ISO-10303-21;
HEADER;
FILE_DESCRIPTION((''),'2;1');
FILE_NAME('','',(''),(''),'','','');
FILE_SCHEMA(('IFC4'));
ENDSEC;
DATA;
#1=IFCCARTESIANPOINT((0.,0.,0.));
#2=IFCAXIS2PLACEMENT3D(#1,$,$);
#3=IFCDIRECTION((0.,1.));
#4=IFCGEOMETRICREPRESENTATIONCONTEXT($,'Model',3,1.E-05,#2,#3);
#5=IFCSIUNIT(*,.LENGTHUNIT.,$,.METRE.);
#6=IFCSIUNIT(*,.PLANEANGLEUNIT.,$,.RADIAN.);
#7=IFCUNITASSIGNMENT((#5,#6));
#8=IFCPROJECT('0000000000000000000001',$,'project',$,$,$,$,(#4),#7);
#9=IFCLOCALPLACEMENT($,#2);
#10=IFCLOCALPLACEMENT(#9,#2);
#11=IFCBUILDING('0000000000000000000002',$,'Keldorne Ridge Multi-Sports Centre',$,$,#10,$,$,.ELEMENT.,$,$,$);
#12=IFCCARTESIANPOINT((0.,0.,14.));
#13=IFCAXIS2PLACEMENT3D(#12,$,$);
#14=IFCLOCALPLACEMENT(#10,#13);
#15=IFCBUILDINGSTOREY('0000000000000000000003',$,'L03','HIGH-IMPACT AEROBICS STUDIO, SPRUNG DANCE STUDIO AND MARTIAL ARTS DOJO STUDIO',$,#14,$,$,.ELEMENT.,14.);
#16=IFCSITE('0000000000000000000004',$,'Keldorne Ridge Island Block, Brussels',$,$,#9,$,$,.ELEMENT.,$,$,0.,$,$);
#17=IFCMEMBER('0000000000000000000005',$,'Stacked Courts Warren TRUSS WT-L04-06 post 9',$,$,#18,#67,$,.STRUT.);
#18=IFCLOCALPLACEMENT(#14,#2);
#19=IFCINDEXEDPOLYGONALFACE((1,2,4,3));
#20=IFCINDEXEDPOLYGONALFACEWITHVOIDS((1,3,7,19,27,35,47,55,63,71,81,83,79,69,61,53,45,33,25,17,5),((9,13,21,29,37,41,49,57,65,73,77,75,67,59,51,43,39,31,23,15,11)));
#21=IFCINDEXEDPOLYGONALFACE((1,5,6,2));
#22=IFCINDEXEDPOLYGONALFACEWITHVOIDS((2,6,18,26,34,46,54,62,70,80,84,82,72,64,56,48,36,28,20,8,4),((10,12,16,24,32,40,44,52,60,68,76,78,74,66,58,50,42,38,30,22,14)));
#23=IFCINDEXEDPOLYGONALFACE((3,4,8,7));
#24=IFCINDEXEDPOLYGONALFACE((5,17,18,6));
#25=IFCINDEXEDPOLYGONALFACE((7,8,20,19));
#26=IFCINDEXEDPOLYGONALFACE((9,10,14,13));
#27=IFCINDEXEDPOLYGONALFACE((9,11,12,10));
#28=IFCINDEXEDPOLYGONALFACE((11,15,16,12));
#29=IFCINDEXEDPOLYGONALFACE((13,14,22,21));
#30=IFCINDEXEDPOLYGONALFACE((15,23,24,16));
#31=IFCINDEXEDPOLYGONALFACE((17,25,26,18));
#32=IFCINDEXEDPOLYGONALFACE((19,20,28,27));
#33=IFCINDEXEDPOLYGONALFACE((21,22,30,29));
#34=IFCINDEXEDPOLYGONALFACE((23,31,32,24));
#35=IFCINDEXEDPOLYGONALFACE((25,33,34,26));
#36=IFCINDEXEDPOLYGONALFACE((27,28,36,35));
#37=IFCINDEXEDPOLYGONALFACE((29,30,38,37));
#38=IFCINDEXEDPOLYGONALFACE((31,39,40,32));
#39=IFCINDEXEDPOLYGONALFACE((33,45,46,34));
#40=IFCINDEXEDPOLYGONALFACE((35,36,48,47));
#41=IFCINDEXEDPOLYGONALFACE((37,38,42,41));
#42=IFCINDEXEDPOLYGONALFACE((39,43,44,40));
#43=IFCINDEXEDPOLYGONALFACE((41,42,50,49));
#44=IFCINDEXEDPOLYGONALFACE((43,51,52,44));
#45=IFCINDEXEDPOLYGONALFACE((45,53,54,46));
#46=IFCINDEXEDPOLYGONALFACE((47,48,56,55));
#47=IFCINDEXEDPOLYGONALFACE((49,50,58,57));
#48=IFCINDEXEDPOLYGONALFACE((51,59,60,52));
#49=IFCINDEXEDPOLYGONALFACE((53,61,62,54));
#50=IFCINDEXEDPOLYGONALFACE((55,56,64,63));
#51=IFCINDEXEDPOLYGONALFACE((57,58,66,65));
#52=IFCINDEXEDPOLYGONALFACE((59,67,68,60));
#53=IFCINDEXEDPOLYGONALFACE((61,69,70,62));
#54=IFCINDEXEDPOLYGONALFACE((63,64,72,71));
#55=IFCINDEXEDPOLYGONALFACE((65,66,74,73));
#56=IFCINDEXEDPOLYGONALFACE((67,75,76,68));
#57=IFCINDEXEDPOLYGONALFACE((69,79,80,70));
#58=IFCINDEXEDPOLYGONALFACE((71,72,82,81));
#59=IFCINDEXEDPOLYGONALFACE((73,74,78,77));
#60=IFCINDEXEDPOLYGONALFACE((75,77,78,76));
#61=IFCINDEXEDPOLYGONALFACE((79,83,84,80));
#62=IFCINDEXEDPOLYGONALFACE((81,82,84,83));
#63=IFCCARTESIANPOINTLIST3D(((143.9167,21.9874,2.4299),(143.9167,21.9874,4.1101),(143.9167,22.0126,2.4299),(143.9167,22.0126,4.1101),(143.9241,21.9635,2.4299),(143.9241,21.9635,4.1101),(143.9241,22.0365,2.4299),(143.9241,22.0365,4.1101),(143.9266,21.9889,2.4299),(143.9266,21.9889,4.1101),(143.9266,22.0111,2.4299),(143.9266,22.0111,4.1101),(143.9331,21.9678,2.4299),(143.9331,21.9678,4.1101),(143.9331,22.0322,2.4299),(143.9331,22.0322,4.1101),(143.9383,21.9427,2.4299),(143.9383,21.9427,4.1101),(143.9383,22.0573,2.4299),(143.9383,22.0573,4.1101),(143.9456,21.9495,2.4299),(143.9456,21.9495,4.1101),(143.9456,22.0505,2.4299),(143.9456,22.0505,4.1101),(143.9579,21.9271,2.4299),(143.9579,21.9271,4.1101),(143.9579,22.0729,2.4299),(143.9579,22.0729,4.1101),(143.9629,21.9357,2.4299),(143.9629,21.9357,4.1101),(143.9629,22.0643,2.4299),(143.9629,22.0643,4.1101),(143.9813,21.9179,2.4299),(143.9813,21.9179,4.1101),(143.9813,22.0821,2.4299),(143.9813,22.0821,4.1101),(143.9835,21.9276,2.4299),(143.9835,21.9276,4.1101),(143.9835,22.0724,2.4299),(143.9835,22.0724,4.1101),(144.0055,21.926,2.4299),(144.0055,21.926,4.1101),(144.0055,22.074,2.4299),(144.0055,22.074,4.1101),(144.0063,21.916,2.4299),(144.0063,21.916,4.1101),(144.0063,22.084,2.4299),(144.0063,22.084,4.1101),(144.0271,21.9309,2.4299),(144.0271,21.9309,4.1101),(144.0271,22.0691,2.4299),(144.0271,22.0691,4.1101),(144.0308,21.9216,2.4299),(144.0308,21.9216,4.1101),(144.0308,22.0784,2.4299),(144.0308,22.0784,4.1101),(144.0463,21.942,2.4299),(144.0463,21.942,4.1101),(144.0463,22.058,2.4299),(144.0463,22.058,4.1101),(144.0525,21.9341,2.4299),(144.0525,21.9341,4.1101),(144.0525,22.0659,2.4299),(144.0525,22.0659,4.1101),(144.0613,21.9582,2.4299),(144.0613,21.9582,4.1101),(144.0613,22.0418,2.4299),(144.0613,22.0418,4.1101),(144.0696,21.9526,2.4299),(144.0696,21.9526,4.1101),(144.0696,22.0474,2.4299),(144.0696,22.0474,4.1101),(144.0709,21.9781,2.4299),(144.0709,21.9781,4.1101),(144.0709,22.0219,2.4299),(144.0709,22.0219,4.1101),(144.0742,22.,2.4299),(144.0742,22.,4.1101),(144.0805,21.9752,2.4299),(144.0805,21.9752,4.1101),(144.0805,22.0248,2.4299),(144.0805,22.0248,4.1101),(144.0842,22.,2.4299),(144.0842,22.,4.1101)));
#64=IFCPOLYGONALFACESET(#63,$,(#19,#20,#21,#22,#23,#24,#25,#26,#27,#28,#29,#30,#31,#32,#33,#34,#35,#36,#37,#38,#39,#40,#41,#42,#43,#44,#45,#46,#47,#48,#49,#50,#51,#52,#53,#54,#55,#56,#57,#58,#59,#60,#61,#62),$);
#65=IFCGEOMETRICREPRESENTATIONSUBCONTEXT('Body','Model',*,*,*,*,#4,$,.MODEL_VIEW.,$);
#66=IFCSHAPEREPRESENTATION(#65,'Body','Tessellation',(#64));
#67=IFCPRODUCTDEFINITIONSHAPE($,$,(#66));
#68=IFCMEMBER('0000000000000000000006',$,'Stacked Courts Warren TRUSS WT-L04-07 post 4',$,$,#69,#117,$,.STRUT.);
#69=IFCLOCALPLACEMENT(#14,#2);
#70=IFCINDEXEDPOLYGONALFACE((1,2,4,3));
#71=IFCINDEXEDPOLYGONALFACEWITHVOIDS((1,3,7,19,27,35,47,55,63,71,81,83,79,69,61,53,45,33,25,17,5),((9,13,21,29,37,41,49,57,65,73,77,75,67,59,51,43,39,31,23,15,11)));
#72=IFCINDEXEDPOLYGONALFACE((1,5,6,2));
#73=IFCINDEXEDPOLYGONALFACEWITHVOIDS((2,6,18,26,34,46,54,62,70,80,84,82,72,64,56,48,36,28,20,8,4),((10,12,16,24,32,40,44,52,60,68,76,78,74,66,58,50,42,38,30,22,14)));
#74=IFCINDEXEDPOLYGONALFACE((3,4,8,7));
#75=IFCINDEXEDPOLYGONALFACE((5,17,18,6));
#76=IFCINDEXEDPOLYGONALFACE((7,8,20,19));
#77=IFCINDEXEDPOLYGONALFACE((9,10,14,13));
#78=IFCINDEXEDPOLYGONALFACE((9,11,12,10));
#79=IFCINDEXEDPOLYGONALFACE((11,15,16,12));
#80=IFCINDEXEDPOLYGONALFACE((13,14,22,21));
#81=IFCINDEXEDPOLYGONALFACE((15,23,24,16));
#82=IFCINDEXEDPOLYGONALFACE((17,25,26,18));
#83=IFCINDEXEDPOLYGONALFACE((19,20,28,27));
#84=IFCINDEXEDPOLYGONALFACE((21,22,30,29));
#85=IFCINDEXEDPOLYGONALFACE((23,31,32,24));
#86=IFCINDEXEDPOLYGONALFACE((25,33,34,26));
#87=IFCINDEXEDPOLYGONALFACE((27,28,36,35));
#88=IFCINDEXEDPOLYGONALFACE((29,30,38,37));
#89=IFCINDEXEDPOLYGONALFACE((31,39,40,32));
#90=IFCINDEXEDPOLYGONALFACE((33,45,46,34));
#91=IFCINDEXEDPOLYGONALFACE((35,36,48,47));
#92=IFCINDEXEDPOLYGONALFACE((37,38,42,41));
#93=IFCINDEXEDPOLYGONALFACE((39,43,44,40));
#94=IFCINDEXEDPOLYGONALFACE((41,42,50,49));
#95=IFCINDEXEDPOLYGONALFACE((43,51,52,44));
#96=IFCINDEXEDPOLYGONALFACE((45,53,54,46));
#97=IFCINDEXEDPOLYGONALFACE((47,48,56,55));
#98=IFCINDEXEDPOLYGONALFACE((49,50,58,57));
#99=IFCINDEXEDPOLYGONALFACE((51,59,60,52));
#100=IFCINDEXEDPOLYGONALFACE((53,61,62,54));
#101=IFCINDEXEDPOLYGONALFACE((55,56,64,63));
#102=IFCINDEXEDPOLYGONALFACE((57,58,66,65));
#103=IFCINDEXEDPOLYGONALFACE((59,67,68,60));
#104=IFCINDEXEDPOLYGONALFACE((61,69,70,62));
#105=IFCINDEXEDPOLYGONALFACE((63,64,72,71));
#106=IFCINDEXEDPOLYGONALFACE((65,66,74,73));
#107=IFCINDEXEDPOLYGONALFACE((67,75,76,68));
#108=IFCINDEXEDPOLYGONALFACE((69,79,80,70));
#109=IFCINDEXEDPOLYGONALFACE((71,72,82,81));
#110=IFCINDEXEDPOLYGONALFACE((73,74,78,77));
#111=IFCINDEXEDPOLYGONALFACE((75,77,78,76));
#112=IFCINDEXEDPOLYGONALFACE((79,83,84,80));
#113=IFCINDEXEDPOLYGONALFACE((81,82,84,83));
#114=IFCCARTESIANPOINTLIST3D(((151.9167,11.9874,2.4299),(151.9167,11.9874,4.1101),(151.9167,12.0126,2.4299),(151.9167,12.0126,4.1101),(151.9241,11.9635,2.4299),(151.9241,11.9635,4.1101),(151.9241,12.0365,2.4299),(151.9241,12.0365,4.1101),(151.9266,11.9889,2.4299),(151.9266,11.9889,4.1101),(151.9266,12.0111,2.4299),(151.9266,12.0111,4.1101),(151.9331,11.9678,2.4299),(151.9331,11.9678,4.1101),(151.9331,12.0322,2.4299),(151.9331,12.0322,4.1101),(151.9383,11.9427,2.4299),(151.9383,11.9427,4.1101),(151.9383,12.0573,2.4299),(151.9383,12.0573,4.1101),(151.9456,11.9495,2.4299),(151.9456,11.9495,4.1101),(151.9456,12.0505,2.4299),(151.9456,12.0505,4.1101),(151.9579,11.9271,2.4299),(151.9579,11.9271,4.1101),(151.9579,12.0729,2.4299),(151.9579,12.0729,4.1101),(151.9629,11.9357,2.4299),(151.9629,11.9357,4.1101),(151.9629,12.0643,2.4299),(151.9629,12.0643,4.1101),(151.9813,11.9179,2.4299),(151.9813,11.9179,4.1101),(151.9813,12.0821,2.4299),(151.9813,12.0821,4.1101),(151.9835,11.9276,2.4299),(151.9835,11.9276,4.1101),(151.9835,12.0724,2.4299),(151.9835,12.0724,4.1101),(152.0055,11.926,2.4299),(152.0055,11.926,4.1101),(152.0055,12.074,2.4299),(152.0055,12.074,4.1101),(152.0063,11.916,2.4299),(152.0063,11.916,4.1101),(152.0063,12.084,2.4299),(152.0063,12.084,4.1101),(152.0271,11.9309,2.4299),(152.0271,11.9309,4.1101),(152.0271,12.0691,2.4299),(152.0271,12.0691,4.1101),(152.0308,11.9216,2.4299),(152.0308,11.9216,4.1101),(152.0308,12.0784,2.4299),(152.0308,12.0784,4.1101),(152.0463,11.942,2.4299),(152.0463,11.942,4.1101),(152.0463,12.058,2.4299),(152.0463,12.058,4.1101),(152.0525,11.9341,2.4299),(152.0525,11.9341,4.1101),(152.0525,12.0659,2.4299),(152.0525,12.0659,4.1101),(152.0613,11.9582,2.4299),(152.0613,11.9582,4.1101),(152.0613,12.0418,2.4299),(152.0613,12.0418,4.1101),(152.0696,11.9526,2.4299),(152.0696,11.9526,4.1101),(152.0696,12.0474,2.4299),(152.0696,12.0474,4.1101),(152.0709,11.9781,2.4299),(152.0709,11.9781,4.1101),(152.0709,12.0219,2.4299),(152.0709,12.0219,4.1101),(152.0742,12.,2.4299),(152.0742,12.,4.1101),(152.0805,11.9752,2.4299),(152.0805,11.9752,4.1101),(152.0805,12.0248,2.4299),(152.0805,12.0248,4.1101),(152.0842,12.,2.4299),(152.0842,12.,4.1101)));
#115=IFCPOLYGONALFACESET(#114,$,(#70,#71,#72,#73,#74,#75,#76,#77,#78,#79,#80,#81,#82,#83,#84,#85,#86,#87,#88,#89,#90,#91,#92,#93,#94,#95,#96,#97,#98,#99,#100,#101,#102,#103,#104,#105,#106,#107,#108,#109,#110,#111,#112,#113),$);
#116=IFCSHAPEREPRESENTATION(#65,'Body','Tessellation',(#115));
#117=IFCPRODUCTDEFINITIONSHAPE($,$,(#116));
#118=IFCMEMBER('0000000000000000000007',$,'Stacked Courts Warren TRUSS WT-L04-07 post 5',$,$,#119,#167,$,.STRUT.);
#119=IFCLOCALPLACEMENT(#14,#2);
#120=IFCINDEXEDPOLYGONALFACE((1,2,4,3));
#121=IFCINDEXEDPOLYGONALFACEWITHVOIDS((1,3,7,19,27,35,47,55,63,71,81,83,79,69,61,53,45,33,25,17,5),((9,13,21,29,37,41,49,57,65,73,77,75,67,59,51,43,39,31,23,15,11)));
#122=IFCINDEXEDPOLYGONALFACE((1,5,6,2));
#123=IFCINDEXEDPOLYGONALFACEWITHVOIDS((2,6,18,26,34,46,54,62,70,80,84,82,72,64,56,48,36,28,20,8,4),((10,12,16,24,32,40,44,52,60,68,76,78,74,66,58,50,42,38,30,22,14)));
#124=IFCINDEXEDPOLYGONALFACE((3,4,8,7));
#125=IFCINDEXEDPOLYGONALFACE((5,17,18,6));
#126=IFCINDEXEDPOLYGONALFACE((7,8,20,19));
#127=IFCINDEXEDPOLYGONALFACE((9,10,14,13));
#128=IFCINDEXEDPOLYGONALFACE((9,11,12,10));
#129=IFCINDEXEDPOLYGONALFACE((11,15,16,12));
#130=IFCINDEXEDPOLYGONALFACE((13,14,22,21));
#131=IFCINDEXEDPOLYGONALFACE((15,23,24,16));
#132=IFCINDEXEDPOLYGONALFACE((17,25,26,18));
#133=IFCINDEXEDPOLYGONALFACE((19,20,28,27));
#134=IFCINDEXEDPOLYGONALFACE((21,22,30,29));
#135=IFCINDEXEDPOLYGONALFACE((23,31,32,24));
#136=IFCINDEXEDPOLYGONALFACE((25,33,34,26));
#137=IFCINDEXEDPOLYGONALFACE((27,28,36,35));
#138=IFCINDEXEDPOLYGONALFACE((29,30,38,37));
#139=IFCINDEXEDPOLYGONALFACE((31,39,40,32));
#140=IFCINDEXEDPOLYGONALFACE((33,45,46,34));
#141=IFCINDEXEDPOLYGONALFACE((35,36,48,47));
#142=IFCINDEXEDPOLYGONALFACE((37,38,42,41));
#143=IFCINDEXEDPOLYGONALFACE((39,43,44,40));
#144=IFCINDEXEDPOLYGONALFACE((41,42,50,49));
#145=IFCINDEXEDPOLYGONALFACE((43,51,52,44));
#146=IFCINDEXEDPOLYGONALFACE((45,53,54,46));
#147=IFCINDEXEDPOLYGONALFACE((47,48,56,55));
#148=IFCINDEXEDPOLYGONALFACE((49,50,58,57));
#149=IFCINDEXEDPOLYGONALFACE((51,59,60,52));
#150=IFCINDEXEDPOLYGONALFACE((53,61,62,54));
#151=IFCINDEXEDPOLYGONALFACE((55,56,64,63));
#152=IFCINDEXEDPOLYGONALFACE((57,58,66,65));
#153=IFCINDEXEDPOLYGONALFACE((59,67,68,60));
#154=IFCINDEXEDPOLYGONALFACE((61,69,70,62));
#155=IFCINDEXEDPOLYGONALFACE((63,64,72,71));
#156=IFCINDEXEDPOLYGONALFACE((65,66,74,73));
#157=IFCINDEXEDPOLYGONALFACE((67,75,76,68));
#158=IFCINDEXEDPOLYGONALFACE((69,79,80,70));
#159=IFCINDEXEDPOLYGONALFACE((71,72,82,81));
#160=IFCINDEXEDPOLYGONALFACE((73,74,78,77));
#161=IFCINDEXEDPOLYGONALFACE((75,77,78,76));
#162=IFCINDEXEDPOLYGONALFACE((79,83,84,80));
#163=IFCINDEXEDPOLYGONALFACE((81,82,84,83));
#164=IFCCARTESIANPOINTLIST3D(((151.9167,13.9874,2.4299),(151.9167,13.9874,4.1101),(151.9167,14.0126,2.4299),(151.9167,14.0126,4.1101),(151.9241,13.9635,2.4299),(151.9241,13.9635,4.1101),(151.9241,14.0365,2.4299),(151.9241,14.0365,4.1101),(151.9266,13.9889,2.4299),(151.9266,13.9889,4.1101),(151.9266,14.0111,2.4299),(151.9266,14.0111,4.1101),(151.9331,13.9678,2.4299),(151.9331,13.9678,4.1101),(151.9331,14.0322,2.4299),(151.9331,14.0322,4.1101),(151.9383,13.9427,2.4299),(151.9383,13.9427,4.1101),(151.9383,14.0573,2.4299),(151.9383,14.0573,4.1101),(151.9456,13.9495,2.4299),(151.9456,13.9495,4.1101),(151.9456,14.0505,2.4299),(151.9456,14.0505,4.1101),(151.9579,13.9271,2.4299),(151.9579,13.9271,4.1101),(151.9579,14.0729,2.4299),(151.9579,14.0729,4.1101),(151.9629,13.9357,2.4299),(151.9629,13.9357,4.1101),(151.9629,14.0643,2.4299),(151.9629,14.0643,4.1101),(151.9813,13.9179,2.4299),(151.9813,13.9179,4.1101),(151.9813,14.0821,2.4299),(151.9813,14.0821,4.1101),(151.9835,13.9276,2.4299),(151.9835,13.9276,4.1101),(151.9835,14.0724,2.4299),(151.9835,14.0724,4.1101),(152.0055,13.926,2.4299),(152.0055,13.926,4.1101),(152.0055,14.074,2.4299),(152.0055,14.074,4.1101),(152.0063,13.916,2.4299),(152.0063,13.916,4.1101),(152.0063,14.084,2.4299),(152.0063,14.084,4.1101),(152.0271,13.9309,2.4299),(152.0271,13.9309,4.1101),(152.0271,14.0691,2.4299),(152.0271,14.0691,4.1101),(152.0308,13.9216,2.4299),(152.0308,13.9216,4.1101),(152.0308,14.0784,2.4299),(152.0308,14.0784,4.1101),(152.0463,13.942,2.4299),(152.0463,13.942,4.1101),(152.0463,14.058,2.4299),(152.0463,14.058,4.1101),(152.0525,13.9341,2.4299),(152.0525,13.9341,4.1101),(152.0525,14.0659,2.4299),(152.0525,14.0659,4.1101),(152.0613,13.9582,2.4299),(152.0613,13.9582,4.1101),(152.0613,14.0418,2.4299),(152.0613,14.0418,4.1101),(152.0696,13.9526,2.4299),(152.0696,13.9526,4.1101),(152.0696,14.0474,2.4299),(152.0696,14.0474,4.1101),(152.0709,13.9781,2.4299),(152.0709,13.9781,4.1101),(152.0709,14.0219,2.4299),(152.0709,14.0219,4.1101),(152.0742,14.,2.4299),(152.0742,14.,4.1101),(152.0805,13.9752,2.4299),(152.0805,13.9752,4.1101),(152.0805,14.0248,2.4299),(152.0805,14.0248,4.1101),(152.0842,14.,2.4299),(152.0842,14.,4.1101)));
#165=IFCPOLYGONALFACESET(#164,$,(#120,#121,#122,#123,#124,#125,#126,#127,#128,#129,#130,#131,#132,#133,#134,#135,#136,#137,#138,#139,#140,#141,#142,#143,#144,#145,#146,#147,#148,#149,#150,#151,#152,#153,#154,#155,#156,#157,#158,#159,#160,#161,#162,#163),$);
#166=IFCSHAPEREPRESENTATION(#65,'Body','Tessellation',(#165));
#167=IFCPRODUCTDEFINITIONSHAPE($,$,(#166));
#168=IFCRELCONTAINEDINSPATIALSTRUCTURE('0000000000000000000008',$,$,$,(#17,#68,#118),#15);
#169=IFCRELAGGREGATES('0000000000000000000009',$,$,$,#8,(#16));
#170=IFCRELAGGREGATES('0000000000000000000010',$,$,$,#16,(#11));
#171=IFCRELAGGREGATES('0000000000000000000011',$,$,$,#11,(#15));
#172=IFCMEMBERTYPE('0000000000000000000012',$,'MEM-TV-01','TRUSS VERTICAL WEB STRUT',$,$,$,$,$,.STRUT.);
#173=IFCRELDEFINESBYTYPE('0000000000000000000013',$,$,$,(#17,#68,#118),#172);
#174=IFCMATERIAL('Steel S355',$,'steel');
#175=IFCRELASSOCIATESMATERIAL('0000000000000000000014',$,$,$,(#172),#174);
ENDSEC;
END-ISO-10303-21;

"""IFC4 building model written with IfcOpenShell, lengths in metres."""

from ifc_helpers import new_model, si_unit, direction, frame, origin, origin_2d, place, context, subcontext, project, spatial, hollow_circle, extrude, material, material_profile, profile_set, type_object, element, save


model = new_model("IFC4")

# Units and contexts
model_context = context("Model", 3, precision=1e-05, world=origin(), true_north=direction((0.0, 1.0)))
body_context = subcontext(model_context, "Body", "Model", "MODEL_VIEW")
ifc_project = project(units=[si_unit("LENGTHUNIT", "METRE"), si_unit("PLANEANGLEUNIT", "RADIAN")], contexts=[model_context])

# Site, building, storey
site_placement = place(None, origin())
site = spatial("IfcSite", under=ifc_project, at=site_placement, Name="Keldorne Ridge Island Block, Brussels", CompositionType="ELEMENT", RefElevation=0.0)
building_placement = place(site_placement, origin())
building = spatial("IfcBuilding", under=site, at=building_placement, Name="Keldorne Ridge Multi-Sports Centre", CompositionType="ELEMENT")
storey_placement = place(building_placement, frame((0.0, 0.0, 14.0)))
storey = spatial("IfcBuildingStorey", under=building, at=storey_placement, Name="L03", Description="HIGH-IMPACT AEROBICS STUDIO, SPRUNG DANCE STUDIO AND MARTIAL ARTS DOJO STUDIO", CompositionType="ELEMENT", Elevation=14.0)

# Members
ifc_material = material(Name="Steel S355", Category="steel")
ifc_material_profile_1 = material_profile(ifc_material, hollow_circle(Radius=0.0842, WallThickness=0.01, at=origin_2d()), Name="CHS 168.3x10")
ifc_profile_set_1 = profile_set([ifc_material_profile_1], Name="Steel S355")
member_type_1 = type_object("IfcMemberType", Name="MEM-TV-01", Description="TRUSS VERTICAL WEB STRUT", PredefinedType="STRUT", material=ifc_profile_set_1)
for number, where, z_axis, x_axis, name in (
    (1, (144.0, 22.0, 2.4299), (0.0, 0.0, 1.0), (1.0, 0.0, 0.0), "Stacked Courts Warren TRUSS WT-L04-06 post 9"),
    (2, (152.0, 12.0, 2.4299), (0.0, 0.0, 1.0), (1.0, 0.0, 0.0), "Stacked Courts Warren TRUSS WT-L04-07 post 4"),
    (3, (152.0, 14.0, 2.4299), (0.0, 0.0, 1.0), (1.0, 0.0, 0.0), "Stacked Courts Warren TRUSS WT-L04-07 post 5"),
):
    element("IfcMember", number, at=place(storey_placement, frame(where, z_axis=z_axis, x_axis=x_axis)), inside=storey, type_object=member_type_1, Name=name, PredefinedType="STRUT", context=body_context, shape_type="SweptSolid", body=[
        extrude(hollow_circle(Radius=0.0842, WallThickness=0.01, at=origin_2d()), origin(), (0.0, 0.0, 1.0), 1.6802),
    ])

save(model, "model.ifc")
